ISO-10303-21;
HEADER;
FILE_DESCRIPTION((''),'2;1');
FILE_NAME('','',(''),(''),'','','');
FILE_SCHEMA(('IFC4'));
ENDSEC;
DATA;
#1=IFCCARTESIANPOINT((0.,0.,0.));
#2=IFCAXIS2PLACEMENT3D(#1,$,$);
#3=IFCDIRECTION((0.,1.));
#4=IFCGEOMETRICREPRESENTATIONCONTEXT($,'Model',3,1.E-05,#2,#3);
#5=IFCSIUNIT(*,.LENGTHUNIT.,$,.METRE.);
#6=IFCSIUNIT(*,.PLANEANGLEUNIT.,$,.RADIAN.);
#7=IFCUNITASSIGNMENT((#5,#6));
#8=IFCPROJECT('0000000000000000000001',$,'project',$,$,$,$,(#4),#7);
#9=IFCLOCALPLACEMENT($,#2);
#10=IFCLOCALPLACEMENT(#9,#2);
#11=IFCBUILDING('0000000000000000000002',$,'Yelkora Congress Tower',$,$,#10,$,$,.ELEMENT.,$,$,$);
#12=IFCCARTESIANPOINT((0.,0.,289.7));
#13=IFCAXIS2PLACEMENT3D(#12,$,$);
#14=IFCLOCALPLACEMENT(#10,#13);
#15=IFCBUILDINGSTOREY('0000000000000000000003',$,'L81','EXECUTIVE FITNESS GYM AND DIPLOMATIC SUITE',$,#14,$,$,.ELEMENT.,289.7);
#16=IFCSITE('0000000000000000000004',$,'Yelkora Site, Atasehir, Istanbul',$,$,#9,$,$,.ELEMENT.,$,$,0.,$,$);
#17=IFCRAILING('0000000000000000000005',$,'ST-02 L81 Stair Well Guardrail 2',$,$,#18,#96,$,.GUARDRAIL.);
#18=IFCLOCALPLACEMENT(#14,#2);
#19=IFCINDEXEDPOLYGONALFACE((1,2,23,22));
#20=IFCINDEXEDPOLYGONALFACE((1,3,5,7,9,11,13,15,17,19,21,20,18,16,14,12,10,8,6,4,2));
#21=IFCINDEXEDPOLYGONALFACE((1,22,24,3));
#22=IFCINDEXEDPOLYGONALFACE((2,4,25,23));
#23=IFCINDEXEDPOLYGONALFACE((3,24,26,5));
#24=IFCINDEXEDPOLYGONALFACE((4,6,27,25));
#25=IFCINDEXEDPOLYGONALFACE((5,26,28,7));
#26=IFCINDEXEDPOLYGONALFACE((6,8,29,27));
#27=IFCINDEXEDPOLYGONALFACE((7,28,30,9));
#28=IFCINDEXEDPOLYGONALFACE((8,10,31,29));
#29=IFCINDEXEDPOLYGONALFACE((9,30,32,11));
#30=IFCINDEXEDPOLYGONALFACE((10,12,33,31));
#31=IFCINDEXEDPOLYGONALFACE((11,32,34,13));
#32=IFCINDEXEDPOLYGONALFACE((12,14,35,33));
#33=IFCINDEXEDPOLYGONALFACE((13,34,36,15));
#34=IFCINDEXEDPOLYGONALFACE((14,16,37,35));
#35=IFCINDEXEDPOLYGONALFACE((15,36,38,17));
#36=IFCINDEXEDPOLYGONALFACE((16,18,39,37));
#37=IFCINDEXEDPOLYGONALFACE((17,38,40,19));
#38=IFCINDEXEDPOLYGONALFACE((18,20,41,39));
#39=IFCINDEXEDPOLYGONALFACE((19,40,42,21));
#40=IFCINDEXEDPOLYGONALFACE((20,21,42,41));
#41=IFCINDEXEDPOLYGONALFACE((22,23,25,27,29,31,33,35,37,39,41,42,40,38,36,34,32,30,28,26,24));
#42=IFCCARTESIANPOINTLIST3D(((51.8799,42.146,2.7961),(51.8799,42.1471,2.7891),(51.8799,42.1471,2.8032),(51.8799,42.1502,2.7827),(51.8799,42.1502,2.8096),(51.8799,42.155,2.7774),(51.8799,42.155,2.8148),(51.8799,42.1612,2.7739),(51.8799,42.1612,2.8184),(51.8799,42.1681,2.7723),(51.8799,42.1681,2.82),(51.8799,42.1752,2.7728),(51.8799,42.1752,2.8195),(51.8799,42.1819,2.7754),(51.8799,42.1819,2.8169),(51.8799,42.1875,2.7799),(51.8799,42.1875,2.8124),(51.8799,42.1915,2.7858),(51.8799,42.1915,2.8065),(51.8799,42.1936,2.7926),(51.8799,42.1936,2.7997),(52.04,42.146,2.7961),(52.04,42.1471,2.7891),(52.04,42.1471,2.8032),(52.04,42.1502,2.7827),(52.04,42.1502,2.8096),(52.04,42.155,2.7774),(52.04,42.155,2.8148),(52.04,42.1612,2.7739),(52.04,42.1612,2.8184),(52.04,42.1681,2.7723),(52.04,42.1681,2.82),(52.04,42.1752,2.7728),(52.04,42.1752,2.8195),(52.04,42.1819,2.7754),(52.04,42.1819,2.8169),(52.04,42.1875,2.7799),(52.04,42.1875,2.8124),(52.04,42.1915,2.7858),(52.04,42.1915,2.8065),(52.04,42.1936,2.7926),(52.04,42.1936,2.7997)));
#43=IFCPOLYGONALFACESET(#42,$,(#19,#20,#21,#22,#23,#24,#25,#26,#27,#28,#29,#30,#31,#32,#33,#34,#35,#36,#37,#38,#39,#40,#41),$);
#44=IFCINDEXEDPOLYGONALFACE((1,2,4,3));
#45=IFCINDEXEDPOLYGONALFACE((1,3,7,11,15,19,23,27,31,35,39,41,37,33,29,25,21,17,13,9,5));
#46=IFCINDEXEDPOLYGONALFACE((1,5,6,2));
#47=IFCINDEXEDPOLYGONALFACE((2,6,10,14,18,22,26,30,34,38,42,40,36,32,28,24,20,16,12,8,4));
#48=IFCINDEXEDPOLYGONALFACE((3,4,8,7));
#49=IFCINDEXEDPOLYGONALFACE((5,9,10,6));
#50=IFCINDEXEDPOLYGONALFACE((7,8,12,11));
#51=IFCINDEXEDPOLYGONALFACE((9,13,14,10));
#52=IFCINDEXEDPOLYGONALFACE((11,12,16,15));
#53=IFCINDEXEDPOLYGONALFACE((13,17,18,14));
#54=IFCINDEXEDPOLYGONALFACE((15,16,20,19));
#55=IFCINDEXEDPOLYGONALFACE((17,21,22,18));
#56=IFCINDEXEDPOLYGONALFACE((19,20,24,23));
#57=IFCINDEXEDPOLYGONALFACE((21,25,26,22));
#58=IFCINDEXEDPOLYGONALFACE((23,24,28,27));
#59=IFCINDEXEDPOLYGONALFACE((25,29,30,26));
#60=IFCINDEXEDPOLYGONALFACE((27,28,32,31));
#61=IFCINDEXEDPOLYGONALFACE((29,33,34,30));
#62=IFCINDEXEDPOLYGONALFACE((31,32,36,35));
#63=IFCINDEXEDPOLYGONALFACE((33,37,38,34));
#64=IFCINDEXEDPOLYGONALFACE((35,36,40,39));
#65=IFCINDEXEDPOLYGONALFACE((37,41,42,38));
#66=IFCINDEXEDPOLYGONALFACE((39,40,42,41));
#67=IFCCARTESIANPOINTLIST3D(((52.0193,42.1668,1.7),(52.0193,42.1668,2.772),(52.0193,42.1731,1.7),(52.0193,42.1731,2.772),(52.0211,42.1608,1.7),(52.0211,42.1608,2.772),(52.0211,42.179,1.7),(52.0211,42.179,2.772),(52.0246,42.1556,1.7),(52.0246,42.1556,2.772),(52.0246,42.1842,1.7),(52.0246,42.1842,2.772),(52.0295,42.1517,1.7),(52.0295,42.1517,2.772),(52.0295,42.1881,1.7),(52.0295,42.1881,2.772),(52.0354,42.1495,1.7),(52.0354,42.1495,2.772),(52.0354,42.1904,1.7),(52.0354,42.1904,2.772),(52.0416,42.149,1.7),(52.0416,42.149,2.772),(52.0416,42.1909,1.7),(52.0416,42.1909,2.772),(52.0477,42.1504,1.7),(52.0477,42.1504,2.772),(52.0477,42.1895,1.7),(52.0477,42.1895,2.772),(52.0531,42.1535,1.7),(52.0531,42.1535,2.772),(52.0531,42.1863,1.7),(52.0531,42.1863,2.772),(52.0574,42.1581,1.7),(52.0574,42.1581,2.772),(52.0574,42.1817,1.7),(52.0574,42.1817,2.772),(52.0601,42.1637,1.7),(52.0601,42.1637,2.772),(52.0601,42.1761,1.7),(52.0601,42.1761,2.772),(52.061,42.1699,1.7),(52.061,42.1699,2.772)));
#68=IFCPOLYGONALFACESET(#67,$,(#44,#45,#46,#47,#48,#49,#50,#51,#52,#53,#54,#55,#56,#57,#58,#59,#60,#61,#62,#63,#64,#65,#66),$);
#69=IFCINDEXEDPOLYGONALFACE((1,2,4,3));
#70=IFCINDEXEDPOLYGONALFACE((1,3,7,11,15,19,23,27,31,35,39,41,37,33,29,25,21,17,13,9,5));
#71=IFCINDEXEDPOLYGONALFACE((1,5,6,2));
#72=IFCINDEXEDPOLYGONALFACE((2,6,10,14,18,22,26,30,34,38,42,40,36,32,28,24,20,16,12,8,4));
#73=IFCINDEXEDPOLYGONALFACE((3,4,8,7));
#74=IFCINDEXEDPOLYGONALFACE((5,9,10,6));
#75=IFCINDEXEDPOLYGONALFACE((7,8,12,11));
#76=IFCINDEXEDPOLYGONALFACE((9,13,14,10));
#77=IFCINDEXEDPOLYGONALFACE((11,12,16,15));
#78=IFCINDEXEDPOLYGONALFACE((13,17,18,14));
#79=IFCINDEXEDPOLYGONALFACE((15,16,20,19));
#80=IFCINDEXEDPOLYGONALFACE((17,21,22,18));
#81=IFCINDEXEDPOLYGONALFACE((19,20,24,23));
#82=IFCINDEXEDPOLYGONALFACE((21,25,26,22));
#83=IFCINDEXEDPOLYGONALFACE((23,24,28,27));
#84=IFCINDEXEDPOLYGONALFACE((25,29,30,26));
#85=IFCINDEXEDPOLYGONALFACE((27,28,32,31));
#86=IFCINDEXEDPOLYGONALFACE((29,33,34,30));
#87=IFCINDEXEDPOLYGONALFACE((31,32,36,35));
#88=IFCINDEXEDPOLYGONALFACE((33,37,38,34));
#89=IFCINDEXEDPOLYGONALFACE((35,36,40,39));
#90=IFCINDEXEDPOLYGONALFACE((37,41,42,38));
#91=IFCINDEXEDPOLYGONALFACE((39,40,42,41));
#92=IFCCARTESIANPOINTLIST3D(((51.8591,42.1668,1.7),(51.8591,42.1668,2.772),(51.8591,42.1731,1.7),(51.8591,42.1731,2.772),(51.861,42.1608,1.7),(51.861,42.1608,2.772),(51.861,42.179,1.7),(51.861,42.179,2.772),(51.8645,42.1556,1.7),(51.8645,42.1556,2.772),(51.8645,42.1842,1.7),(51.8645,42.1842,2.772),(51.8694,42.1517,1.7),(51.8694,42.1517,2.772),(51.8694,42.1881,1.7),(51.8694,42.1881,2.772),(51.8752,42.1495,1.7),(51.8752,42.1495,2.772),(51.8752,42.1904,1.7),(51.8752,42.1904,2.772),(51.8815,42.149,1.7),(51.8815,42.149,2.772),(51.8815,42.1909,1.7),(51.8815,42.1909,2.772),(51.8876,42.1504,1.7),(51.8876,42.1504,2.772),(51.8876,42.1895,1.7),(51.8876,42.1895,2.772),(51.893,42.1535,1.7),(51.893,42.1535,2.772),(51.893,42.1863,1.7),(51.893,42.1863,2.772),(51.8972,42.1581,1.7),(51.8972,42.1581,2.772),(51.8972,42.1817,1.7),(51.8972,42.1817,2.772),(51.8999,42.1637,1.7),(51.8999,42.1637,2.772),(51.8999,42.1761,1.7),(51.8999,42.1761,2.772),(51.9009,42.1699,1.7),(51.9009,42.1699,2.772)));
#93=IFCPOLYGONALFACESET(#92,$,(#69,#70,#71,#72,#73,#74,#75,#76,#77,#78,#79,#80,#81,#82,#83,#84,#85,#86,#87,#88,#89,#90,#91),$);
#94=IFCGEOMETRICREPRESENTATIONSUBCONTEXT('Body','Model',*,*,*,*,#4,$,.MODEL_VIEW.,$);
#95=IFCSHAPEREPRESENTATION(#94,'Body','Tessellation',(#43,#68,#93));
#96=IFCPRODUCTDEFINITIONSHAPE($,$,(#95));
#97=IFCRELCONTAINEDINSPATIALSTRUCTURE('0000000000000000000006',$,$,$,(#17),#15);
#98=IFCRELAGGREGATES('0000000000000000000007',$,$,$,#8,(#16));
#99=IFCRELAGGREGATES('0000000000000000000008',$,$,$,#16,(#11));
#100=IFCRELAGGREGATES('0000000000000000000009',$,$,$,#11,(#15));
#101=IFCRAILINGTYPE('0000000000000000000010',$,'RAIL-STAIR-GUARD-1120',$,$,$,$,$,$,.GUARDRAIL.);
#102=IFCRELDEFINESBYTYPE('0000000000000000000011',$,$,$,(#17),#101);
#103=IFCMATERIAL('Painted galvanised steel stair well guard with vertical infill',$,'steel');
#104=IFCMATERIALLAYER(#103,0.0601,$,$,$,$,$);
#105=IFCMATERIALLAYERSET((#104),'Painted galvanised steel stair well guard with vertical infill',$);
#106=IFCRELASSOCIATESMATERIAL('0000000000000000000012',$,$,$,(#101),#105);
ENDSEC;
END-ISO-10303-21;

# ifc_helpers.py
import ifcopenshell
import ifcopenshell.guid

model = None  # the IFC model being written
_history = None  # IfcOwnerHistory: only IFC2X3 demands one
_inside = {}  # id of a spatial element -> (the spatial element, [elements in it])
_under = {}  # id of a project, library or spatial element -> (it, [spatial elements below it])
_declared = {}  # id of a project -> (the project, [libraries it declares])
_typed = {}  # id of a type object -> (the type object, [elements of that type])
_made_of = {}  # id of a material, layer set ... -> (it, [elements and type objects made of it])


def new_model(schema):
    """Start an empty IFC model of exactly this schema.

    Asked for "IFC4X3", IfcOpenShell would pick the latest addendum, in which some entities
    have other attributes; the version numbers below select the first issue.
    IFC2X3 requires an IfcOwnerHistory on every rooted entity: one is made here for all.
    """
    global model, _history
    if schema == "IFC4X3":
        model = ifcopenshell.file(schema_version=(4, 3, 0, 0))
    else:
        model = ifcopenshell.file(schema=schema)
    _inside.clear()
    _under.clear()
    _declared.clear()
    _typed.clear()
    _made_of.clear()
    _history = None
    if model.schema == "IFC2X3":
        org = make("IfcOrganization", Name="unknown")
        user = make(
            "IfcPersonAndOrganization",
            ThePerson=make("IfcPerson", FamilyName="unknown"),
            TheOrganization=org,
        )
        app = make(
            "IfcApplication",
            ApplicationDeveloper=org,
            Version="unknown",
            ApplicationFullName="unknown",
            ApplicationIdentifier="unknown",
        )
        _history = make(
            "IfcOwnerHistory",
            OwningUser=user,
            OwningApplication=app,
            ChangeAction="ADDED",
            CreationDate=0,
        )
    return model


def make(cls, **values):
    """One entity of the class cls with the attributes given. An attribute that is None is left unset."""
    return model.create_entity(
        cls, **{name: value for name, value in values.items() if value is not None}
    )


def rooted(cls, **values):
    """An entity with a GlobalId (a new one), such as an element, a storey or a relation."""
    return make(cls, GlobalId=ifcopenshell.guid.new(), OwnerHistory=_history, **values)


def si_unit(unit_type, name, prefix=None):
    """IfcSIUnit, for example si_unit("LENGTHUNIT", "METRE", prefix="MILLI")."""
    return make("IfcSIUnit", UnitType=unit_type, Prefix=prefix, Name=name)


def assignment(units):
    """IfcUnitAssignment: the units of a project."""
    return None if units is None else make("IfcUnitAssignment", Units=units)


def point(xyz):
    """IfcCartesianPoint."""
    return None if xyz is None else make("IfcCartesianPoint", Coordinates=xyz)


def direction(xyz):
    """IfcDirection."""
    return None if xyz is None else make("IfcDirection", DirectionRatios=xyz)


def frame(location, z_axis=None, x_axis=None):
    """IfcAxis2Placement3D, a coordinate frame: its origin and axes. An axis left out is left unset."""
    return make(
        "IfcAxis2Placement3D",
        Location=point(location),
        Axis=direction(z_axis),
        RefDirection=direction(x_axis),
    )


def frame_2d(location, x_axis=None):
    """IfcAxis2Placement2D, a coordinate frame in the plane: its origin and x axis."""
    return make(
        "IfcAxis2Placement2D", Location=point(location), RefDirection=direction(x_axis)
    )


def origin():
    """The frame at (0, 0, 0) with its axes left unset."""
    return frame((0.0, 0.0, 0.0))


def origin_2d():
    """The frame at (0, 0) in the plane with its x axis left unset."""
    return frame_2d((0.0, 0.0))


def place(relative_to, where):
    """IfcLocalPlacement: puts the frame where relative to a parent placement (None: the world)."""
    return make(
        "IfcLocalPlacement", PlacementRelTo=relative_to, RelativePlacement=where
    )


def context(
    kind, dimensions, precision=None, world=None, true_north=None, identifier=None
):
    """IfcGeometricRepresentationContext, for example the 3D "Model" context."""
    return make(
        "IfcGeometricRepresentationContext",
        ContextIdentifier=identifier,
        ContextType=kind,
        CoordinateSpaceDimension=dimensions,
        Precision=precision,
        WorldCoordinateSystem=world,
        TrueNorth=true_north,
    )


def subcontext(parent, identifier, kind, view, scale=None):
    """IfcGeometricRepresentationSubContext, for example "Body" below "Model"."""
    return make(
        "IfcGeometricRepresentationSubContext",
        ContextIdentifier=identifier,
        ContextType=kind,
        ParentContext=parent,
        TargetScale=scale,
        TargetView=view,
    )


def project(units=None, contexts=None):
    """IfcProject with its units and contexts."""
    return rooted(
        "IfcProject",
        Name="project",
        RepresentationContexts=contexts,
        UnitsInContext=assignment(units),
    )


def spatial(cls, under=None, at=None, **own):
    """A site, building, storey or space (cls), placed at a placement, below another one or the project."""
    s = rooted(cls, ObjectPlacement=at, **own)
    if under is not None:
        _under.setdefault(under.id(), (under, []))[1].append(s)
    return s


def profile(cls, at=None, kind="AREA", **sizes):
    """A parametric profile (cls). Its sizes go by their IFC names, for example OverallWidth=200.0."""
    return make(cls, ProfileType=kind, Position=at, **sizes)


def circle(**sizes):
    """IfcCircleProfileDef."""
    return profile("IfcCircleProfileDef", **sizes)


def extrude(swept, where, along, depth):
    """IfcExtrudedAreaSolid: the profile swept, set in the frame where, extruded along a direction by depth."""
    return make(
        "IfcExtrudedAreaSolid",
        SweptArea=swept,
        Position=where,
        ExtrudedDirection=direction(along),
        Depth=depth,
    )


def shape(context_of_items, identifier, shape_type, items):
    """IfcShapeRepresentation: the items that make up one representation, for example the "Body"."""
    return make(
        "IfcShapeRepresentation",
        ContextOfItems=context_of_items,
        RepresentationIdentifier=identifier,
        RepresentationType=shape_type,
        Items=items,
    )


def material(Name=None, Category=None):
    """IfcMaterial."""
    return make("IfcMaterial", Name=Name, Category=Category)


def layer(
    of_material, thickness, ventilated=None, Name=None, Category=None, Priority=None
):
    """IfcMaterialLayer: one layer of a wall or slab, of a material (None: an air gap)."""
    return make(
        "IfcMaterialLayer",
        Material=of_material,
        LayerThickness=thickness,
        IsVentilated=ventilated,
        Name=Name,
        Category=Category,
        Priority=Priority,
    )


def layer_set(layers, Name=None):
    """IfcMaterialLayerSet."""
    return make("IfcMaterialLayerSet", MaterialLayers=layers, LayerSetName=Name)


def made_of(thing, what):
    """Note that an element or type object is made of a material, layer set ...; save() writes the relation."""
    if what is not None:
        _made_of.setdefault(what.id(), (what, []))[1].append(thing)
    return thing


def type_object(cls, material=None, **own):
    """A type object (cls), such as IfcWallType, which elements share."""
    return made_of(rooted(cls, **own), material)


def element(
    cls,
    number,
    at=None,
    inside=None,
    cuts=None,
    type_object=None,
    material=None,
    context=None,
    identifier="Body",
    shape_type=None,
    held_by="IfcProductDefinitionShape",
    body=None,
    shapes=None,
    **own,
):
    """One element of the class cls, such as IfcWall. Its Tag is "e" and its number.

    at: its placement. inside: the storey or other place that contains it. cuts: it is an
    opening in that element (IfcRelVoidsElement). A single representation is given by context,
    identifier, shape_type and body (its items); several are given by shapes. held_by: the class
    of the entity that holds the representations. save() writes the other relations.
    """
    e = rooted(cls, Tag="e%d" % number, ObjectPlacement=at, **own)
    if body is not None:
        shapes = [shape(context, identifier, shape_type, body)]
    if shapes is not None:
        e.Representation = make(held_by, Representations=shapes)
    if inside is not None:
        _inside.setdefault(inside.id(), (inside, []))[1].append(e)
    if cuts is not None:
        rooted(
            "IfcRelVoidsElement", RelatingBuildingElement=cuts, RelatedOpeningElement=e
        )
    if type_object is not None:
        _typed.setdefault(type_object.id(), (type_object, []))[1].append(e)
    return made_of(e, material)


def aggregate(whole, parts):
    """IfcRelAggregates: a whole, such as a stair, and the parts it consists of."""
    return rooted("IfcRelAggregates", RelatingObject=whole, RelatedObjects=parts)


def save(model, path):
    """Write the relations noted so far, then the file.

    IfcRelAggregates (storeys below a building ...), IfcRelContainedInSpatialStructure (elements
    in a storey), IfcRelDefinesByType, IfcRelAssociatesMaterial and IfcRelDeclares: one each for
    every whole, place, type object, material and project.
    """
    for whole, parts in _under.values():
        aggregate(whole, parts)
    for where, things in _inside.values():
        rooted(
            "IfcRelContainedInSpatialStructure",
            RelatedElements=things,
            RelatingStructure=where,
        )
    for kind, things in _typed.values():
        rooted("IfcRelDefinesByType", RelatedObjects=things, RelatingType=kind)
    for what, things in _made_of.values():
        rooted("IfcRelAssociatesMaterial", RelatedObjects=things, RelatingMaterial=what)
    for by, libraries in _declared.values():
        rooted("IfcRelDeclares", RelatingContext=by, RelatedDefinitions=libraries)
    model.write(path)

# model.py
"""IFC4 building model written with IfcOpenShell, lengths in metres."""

from ifc_helpers import new_model, si_unit, direction, frame, origin, origin_2d, place, context, subcontext, project, spatial, circle, extrude, material, layer, layer_set, type_object, element, save


model = new_model("IFC4")

# Units and contexts
model_context = context("Model", 3, precision=1e-05, world=origin(), true_north=direction((0.0, 1.0)))
body_context = subcontext(model_context, "Body", "Model", "MODEL_VIEW")
ifc_project = project(units=[si_unit("LENGTHUNIT", "METRE"), si_unit("PLANEANGLEUNIT", "RADIAN")], contexts=[model_context])

# Site, building, storey
site_placement = place(None, origin())
site = spatial("IfcSite", under=ifc_project, at=site_placement, Name="Yelkora Site, Atasehir, Istanbul", CompositionType="ELEMENT", RefElevation=0.0)
building_placement = place(site_placement, origin())
building = spatial("IfcBuilding", under=site, at=building_placement, Name="Yelkora Congress Tower", CompositionType="ELEMENT")
storey_placement = place(building_placement, frame((0.0, 0.0, 289.7)))
storey = spatial("IfcBuildingStorey", under=building, at=storey_placement, Name="L81", Description="EXECUTIVE FITNESS GYM AND DIPLOMATIC SUITE", CompositionType="ELEMENT", Elevation=289.7)

# Railing
ifc_material_1 = material(Name="Painted galvanised steel stair well guard with vertical infill", Category="steel")
ifc_layer_1 = layer(ifc_material_1, 0.0601)
ifc_layer_set_1 = layer_set([ifc_layer_1], Name="Painted galvanised steel stair well guard with vertical infill")
railing_type = type_object("IfcRailingType", Name="RAIL-STAIR-GUARD-1120", PredefinedType="GUARDRAIL", material=ifc_layer_set_1)
railing_1_placement = place(storey_placement, frame((52.04, 42.1699, 1.7)))
element("IfcRailing", 1, at=railing_1_placement, inside=storey, type_object=railing_type, Name="ST-02 L81 Stair Well Guardrail 2", PredefinedType="GUARDRAIL", context=body_context, shape_type="SweptSolid", body=[
    extrude(circle(Radius=0.0239, at=origin_2d()), frame((0.0, 0.0, 1.0962), z_axis=(-1.0, 0.0, 0.0), x_axis=(0.0, -1.0, 0.0)), (0.0, 0.0, 1.0), 0.1602),
    extrude(circle(Radius=0.021, at=origin_2d()), origin(), (0.0, 0.0, 1.0), 1.072),
    extrude(circle(Radius=0.021, at=origin_2d()), frame((-0.1602, 0.0, 0.0)), (0.0, 0.0, 1.0), 1.072),
])

save(model, "model.ifc")
